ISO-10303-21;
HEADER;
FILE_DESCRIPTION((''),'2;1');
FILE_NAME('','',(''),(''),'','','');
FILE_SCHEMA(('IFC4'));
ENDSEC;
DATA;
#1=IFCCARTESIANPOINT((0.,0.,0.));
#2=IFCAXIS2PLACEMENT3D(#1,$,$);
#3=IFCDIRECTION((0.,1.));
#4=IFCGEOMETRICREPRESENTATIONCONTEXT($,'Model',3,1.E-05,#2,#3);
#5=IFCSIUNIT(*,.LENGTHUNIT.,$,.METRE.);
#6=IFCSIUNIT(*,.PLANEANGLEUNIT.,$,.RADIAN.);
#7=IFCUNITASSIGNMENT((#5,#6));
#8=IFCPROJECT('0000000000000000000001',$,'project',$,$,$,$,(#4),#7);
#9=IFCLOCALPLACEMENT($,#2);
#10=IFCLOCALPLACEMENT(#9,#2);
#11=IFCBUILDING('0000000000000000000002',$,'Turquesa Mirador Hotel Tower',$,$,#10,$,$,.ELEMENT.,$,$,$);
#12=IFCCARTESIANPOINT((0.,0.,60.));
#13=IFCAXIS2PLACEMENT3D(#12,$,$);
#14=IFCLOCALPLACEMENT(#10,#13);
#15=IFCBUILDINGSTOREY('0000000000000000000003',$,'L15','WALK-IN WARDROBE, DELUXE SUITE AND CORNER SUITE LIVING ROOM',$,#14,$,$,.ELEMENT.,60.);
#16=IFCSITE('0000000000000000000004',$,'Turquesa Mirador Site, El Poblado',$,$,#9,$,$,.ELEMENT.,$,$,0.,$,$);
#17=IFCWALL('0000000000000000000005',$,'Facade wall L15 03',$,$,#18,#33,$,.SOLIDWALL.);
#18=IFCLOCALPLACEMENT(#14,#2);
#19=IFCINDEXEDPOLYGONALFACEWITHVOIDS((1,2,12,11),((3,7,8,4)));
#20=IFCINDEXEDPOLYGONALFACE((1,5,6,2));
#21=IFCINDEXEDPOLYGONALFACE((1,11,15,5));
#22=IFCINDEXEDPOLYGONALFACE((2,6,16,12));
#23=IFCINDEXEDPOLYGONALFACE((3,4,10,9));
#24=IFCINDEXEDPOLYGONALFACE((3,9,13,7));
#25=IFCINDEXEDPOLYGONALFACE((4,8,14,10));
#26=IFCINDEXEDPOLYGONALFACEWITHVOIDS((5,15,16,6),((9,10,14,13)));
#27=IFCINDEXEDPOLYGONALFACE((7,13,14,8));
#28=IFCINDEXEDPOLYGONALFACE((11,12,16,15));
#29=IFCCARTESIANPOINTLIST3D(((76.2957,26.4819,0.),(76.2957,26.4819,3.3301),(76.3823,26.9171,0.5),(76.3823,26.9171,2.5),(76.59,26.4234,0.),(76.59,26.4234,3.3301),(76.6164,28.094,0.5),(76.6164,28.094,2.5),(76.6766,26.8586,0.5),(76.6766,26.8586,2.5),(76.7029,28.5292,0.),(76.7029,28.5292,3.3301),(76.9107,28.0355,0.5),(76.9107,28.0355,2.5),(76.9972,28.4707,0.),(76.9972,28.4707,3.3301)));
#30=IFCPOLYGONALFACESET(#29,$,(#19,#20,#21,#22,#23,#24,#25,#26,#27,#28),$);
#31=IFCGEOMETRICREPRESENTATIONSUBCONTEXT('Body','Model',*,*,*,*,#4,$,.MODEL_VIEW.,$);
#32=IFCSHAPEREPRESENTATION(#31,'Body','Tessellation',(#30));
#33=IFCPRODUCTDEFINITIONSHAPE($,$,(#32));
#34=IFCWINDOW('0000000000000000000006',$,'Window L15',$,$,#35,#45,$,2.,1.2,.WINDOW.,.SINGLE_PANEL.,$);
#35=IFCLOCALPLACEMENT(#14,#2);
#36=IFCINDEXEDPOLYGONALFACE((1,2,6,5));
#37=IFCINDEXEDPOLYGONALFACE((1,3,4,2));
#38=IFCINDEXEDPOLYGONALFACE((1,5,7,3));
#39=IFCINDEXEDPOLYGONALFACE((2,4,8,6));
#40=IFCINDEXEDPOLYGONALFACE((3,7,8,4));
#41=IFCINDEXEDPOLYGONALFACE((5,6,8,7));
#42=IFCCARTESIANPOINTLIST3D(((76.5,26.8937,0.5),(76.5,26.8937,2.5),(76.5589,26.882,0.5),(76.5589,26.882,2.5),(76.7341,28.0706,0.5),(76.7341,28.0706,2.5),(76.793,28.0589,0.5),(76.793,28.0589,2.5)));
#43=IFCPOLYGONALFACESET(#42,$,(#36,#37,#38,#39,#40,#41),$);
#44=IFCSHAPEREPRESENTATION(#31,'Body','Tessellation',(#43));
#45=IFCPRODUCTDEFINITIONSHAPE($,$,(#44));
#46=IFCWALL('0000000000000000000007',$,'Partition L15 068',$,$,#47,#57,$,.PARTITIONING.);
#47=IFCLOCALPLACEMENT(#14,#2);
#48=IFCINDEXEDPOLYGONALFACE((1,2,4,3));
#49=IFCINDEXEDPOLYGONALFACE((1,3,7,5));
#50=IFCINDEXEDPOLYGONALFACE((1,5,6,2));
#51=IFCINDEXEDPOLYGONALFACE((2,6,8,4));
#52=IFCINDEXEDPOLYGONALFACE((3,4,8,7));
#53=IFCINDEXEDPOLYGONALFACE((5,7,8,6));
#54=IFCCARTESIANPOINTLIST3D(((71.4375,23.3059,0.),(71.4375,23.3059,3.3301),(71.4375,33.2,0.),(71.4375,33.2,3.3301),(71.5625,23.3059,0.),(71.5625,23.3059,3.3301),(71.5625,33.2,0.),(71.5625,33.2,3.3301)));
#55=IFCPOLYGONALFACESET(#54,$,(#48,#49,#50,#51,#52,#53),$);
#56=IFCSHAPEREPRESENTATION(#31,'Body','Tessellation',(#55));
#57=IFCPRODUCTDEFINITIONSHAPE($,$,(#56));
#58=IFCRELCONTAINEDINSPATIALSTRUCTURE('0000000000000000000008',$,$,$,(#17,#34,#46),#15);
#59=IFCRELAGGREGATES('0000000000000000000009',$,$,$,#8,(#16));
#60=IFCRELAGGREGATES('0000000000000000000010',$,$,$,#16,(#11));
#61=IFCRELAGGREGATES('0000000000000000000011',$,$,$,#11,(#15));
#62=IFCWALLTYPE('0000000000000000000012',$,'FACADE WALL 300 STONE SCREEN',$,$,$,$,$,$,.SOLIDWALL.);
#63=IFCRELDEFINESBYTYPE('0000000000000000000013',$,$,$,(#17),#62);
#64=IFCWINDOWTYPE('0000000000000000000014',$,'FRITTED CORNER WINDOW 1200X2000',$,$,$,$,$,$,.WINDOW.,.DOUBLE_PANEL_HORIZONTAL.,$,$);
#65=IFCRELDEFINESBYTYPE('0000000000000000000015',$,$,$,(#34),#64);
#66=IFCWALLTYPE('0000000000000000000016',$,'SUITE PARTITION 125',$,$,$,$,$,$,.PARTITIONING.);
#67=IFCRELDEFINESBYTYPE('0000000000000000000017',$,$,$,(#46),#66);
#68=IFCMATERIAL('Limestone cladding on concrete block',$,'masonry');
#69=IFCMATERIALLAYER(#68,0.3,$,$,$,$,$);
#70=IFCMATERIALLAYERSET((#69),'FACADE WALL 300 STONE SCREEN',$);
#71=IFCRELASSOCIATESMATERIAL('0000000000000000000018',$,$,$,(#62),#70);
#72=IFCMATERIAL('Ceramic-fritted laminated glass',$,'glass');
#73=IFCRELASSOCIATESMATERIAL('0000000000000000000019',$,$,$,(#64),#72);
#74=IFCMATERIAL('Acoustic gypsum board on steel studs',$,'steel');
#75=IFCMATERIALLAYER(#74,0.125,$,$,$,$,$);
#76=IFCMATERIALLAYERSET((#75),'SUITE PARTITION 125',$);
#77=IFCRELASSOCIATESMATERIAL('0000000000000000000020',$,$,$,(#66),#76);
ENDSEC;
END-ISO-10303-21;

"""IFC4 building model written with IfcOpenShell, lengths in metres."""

from ifc_helpers import new_model, si_unit, direction, frame, frame_2d, origin, place, context, subcontext, project, spatial, rectangle, extrude, material, layer, layer_set, type_object, element, fill, save


model = new_model("IFC4")

# Units and contexts
model_context = context("Model", 3, precision=1e-05, world=origin(), true_north=direction((0.0, 1.0)))
body_context = subcontext(model_context, "Body", "Model", "MODEL_VIEW")
ifc_project = project(units=[si_unit("LENGTHUNIT", "METRE"), si_unit("PLANEANGLEUNIT", "RADIAN")], contexts=[model_context])

# Site, building, storey
site_placement = place(None, origin())
site = spatial("IfcSite", under=ifc_project, at=site_placement, Name="Turquesa Mirador Site, El Poblado", CompositionType="ELEMENT", RefElevation=0.0)
building_placement = place(site_placement, origin())
building = spatial("IfcBuilding", under=site, at=building_placement, Name="Turquesa Mirador Hotel Tower", CompositionType="ELEMENT")
storey_placement = place(building_placement, frame((0.0, 0.0, 60.0)))
storey = spatial("IfcBuildingStorey", under=building, at=storey_placement, Name="L15", Description="WALK-IN WARDROBE, DELUXE SUITE AND CORNER SUITE LIVING ROOM", CompositionType="ELEMENT", Elevation=60.0)

# Wall, opening, window
ifc_material_1 = material(Name="Limestone cladding on concrete block", Category="masonry")
ifc_layer_1 = layer(ifc_material_1, 0.3)
ifc_layer_set_1 = layer_set([ifc_layer_1], Name="FACADE WALL 300 STONE SCREEN")
wall_type_1 = type_object("IfcWallType", Name="FACADE WALL 300 STONE SCREEN", PredefinedType="SOLIDWALL", material=ifc_layer_set_1)
ifc_material_2 = material(Name="Ceramic-fritted laminated glass", Category="glass")
window_type_1 = type_object("IfcWindowType", Name="FRITTED CORNER WINDOW 1200X2000", PartitioningType="DOUBLE_PANEL_HORIZONTAL", PredefinedType="WINDOW", material=ifc_material_2)
wall_1_placement = place(storey_placement, frame((76.4429, 26.4526, 0.0), z_axis=(0.0, 0.0, 1.0), x_axis=(0.195081, 0.980787, 0.0)))
wall_1 = element("IfcWall", 1, at=wall_1_placement, inside=storey, type_object=wall_type_1, Name="Facade wall L15 03", PredefinedType="SOLIDWALL", context=body_context, shape_type="SweptSolid", body=[
    extrude(rectangle(XDim=2.0874, YDim=0.3, at=frame_2d((1.0437, 0.0))), origin(), (0.0, 0.0, 1.0), 3.3301),
])
opening_1_placement = place(wall_1_placement, frame((0.4436, 0.0, 0.5)))
opening_1 = element("IfcOpeningElement", 2, at=opening_1_placement, cuts=wall_1, PredefinedType="OPENING", context=body_context, shape_type="SweptSolid", body=[
    extrude(rectangle(XDim=1.2, YDim=2.0, at=frame_2d((0.6001, 1.0))), frame((0.0, 0.1599, 0.0), z_axis=(0.0, -1.0, 0.0), x_axis=(1.0, 0.0, 0.0)), (0.0, 0.0, 1.0), 0.3201),
])
window_1_placement = place(opening_1_placement, origin())
window_1 = element("IfcWindow", 3, at=window_1_placement, inside=storey, type_object=window_type_1, Name="Window L15", OverallHeight=2.0, OverallWidth=1.2, PartitioningType="SINGLE_PANEL", PredefinedType="WINDOW", context=body_context, shape_type="SweptSolid", body=[
    extrude(rectangle(XDim=1.2, YDim=2.0, at=frame_2d((0.6001, 1.0))), frame((0.0, 0.03, 0.0), z_axis=(0.0, -1.0, 0.0), x_axis=(1.0, 0.0, 0.0)), (0.0, 0.0, 1.0), 0.0601),
])
fill(opening_1, window_1)

# Wall
ifc_material_3 = material(Name="Acoustic gypsum board on steel studs", Category="steel")
ifc_layer_2 = layer(ifc_material_3, 0.125)
ifc_layer_set_2 = layer_set([ifc_layer_2], Name="SUITE PARTITION 125")
wall_type_2 = type_object("IfcWallType", Name="SUITE PARTITION 125", PredefinedType="PARTITIONING", material=ifc_layer_set_2)
wall_2_placement = place(storey_placement, frame((71.5, 23.3059, 0.0), z_axis=(0.0, 0.0, 1.0), x_axis=(0.0, 1.0, 0.0)))
element("IfcWall", 4, at=wall_2_placement, inside=storey, type_object=wall_type_2, Name="Partition L15 068", PredefinedType="PARTITIONING", context=body_context, shape_type="SweptSolid", body=[
    extrude(rectangle(XDim=9.894, YDim=0.125, at=frame_2d((4.947, 0.0))), origin(), (0.0, 0.0, 1.0), 3.3301),
])

save(model, "model.ifc")
